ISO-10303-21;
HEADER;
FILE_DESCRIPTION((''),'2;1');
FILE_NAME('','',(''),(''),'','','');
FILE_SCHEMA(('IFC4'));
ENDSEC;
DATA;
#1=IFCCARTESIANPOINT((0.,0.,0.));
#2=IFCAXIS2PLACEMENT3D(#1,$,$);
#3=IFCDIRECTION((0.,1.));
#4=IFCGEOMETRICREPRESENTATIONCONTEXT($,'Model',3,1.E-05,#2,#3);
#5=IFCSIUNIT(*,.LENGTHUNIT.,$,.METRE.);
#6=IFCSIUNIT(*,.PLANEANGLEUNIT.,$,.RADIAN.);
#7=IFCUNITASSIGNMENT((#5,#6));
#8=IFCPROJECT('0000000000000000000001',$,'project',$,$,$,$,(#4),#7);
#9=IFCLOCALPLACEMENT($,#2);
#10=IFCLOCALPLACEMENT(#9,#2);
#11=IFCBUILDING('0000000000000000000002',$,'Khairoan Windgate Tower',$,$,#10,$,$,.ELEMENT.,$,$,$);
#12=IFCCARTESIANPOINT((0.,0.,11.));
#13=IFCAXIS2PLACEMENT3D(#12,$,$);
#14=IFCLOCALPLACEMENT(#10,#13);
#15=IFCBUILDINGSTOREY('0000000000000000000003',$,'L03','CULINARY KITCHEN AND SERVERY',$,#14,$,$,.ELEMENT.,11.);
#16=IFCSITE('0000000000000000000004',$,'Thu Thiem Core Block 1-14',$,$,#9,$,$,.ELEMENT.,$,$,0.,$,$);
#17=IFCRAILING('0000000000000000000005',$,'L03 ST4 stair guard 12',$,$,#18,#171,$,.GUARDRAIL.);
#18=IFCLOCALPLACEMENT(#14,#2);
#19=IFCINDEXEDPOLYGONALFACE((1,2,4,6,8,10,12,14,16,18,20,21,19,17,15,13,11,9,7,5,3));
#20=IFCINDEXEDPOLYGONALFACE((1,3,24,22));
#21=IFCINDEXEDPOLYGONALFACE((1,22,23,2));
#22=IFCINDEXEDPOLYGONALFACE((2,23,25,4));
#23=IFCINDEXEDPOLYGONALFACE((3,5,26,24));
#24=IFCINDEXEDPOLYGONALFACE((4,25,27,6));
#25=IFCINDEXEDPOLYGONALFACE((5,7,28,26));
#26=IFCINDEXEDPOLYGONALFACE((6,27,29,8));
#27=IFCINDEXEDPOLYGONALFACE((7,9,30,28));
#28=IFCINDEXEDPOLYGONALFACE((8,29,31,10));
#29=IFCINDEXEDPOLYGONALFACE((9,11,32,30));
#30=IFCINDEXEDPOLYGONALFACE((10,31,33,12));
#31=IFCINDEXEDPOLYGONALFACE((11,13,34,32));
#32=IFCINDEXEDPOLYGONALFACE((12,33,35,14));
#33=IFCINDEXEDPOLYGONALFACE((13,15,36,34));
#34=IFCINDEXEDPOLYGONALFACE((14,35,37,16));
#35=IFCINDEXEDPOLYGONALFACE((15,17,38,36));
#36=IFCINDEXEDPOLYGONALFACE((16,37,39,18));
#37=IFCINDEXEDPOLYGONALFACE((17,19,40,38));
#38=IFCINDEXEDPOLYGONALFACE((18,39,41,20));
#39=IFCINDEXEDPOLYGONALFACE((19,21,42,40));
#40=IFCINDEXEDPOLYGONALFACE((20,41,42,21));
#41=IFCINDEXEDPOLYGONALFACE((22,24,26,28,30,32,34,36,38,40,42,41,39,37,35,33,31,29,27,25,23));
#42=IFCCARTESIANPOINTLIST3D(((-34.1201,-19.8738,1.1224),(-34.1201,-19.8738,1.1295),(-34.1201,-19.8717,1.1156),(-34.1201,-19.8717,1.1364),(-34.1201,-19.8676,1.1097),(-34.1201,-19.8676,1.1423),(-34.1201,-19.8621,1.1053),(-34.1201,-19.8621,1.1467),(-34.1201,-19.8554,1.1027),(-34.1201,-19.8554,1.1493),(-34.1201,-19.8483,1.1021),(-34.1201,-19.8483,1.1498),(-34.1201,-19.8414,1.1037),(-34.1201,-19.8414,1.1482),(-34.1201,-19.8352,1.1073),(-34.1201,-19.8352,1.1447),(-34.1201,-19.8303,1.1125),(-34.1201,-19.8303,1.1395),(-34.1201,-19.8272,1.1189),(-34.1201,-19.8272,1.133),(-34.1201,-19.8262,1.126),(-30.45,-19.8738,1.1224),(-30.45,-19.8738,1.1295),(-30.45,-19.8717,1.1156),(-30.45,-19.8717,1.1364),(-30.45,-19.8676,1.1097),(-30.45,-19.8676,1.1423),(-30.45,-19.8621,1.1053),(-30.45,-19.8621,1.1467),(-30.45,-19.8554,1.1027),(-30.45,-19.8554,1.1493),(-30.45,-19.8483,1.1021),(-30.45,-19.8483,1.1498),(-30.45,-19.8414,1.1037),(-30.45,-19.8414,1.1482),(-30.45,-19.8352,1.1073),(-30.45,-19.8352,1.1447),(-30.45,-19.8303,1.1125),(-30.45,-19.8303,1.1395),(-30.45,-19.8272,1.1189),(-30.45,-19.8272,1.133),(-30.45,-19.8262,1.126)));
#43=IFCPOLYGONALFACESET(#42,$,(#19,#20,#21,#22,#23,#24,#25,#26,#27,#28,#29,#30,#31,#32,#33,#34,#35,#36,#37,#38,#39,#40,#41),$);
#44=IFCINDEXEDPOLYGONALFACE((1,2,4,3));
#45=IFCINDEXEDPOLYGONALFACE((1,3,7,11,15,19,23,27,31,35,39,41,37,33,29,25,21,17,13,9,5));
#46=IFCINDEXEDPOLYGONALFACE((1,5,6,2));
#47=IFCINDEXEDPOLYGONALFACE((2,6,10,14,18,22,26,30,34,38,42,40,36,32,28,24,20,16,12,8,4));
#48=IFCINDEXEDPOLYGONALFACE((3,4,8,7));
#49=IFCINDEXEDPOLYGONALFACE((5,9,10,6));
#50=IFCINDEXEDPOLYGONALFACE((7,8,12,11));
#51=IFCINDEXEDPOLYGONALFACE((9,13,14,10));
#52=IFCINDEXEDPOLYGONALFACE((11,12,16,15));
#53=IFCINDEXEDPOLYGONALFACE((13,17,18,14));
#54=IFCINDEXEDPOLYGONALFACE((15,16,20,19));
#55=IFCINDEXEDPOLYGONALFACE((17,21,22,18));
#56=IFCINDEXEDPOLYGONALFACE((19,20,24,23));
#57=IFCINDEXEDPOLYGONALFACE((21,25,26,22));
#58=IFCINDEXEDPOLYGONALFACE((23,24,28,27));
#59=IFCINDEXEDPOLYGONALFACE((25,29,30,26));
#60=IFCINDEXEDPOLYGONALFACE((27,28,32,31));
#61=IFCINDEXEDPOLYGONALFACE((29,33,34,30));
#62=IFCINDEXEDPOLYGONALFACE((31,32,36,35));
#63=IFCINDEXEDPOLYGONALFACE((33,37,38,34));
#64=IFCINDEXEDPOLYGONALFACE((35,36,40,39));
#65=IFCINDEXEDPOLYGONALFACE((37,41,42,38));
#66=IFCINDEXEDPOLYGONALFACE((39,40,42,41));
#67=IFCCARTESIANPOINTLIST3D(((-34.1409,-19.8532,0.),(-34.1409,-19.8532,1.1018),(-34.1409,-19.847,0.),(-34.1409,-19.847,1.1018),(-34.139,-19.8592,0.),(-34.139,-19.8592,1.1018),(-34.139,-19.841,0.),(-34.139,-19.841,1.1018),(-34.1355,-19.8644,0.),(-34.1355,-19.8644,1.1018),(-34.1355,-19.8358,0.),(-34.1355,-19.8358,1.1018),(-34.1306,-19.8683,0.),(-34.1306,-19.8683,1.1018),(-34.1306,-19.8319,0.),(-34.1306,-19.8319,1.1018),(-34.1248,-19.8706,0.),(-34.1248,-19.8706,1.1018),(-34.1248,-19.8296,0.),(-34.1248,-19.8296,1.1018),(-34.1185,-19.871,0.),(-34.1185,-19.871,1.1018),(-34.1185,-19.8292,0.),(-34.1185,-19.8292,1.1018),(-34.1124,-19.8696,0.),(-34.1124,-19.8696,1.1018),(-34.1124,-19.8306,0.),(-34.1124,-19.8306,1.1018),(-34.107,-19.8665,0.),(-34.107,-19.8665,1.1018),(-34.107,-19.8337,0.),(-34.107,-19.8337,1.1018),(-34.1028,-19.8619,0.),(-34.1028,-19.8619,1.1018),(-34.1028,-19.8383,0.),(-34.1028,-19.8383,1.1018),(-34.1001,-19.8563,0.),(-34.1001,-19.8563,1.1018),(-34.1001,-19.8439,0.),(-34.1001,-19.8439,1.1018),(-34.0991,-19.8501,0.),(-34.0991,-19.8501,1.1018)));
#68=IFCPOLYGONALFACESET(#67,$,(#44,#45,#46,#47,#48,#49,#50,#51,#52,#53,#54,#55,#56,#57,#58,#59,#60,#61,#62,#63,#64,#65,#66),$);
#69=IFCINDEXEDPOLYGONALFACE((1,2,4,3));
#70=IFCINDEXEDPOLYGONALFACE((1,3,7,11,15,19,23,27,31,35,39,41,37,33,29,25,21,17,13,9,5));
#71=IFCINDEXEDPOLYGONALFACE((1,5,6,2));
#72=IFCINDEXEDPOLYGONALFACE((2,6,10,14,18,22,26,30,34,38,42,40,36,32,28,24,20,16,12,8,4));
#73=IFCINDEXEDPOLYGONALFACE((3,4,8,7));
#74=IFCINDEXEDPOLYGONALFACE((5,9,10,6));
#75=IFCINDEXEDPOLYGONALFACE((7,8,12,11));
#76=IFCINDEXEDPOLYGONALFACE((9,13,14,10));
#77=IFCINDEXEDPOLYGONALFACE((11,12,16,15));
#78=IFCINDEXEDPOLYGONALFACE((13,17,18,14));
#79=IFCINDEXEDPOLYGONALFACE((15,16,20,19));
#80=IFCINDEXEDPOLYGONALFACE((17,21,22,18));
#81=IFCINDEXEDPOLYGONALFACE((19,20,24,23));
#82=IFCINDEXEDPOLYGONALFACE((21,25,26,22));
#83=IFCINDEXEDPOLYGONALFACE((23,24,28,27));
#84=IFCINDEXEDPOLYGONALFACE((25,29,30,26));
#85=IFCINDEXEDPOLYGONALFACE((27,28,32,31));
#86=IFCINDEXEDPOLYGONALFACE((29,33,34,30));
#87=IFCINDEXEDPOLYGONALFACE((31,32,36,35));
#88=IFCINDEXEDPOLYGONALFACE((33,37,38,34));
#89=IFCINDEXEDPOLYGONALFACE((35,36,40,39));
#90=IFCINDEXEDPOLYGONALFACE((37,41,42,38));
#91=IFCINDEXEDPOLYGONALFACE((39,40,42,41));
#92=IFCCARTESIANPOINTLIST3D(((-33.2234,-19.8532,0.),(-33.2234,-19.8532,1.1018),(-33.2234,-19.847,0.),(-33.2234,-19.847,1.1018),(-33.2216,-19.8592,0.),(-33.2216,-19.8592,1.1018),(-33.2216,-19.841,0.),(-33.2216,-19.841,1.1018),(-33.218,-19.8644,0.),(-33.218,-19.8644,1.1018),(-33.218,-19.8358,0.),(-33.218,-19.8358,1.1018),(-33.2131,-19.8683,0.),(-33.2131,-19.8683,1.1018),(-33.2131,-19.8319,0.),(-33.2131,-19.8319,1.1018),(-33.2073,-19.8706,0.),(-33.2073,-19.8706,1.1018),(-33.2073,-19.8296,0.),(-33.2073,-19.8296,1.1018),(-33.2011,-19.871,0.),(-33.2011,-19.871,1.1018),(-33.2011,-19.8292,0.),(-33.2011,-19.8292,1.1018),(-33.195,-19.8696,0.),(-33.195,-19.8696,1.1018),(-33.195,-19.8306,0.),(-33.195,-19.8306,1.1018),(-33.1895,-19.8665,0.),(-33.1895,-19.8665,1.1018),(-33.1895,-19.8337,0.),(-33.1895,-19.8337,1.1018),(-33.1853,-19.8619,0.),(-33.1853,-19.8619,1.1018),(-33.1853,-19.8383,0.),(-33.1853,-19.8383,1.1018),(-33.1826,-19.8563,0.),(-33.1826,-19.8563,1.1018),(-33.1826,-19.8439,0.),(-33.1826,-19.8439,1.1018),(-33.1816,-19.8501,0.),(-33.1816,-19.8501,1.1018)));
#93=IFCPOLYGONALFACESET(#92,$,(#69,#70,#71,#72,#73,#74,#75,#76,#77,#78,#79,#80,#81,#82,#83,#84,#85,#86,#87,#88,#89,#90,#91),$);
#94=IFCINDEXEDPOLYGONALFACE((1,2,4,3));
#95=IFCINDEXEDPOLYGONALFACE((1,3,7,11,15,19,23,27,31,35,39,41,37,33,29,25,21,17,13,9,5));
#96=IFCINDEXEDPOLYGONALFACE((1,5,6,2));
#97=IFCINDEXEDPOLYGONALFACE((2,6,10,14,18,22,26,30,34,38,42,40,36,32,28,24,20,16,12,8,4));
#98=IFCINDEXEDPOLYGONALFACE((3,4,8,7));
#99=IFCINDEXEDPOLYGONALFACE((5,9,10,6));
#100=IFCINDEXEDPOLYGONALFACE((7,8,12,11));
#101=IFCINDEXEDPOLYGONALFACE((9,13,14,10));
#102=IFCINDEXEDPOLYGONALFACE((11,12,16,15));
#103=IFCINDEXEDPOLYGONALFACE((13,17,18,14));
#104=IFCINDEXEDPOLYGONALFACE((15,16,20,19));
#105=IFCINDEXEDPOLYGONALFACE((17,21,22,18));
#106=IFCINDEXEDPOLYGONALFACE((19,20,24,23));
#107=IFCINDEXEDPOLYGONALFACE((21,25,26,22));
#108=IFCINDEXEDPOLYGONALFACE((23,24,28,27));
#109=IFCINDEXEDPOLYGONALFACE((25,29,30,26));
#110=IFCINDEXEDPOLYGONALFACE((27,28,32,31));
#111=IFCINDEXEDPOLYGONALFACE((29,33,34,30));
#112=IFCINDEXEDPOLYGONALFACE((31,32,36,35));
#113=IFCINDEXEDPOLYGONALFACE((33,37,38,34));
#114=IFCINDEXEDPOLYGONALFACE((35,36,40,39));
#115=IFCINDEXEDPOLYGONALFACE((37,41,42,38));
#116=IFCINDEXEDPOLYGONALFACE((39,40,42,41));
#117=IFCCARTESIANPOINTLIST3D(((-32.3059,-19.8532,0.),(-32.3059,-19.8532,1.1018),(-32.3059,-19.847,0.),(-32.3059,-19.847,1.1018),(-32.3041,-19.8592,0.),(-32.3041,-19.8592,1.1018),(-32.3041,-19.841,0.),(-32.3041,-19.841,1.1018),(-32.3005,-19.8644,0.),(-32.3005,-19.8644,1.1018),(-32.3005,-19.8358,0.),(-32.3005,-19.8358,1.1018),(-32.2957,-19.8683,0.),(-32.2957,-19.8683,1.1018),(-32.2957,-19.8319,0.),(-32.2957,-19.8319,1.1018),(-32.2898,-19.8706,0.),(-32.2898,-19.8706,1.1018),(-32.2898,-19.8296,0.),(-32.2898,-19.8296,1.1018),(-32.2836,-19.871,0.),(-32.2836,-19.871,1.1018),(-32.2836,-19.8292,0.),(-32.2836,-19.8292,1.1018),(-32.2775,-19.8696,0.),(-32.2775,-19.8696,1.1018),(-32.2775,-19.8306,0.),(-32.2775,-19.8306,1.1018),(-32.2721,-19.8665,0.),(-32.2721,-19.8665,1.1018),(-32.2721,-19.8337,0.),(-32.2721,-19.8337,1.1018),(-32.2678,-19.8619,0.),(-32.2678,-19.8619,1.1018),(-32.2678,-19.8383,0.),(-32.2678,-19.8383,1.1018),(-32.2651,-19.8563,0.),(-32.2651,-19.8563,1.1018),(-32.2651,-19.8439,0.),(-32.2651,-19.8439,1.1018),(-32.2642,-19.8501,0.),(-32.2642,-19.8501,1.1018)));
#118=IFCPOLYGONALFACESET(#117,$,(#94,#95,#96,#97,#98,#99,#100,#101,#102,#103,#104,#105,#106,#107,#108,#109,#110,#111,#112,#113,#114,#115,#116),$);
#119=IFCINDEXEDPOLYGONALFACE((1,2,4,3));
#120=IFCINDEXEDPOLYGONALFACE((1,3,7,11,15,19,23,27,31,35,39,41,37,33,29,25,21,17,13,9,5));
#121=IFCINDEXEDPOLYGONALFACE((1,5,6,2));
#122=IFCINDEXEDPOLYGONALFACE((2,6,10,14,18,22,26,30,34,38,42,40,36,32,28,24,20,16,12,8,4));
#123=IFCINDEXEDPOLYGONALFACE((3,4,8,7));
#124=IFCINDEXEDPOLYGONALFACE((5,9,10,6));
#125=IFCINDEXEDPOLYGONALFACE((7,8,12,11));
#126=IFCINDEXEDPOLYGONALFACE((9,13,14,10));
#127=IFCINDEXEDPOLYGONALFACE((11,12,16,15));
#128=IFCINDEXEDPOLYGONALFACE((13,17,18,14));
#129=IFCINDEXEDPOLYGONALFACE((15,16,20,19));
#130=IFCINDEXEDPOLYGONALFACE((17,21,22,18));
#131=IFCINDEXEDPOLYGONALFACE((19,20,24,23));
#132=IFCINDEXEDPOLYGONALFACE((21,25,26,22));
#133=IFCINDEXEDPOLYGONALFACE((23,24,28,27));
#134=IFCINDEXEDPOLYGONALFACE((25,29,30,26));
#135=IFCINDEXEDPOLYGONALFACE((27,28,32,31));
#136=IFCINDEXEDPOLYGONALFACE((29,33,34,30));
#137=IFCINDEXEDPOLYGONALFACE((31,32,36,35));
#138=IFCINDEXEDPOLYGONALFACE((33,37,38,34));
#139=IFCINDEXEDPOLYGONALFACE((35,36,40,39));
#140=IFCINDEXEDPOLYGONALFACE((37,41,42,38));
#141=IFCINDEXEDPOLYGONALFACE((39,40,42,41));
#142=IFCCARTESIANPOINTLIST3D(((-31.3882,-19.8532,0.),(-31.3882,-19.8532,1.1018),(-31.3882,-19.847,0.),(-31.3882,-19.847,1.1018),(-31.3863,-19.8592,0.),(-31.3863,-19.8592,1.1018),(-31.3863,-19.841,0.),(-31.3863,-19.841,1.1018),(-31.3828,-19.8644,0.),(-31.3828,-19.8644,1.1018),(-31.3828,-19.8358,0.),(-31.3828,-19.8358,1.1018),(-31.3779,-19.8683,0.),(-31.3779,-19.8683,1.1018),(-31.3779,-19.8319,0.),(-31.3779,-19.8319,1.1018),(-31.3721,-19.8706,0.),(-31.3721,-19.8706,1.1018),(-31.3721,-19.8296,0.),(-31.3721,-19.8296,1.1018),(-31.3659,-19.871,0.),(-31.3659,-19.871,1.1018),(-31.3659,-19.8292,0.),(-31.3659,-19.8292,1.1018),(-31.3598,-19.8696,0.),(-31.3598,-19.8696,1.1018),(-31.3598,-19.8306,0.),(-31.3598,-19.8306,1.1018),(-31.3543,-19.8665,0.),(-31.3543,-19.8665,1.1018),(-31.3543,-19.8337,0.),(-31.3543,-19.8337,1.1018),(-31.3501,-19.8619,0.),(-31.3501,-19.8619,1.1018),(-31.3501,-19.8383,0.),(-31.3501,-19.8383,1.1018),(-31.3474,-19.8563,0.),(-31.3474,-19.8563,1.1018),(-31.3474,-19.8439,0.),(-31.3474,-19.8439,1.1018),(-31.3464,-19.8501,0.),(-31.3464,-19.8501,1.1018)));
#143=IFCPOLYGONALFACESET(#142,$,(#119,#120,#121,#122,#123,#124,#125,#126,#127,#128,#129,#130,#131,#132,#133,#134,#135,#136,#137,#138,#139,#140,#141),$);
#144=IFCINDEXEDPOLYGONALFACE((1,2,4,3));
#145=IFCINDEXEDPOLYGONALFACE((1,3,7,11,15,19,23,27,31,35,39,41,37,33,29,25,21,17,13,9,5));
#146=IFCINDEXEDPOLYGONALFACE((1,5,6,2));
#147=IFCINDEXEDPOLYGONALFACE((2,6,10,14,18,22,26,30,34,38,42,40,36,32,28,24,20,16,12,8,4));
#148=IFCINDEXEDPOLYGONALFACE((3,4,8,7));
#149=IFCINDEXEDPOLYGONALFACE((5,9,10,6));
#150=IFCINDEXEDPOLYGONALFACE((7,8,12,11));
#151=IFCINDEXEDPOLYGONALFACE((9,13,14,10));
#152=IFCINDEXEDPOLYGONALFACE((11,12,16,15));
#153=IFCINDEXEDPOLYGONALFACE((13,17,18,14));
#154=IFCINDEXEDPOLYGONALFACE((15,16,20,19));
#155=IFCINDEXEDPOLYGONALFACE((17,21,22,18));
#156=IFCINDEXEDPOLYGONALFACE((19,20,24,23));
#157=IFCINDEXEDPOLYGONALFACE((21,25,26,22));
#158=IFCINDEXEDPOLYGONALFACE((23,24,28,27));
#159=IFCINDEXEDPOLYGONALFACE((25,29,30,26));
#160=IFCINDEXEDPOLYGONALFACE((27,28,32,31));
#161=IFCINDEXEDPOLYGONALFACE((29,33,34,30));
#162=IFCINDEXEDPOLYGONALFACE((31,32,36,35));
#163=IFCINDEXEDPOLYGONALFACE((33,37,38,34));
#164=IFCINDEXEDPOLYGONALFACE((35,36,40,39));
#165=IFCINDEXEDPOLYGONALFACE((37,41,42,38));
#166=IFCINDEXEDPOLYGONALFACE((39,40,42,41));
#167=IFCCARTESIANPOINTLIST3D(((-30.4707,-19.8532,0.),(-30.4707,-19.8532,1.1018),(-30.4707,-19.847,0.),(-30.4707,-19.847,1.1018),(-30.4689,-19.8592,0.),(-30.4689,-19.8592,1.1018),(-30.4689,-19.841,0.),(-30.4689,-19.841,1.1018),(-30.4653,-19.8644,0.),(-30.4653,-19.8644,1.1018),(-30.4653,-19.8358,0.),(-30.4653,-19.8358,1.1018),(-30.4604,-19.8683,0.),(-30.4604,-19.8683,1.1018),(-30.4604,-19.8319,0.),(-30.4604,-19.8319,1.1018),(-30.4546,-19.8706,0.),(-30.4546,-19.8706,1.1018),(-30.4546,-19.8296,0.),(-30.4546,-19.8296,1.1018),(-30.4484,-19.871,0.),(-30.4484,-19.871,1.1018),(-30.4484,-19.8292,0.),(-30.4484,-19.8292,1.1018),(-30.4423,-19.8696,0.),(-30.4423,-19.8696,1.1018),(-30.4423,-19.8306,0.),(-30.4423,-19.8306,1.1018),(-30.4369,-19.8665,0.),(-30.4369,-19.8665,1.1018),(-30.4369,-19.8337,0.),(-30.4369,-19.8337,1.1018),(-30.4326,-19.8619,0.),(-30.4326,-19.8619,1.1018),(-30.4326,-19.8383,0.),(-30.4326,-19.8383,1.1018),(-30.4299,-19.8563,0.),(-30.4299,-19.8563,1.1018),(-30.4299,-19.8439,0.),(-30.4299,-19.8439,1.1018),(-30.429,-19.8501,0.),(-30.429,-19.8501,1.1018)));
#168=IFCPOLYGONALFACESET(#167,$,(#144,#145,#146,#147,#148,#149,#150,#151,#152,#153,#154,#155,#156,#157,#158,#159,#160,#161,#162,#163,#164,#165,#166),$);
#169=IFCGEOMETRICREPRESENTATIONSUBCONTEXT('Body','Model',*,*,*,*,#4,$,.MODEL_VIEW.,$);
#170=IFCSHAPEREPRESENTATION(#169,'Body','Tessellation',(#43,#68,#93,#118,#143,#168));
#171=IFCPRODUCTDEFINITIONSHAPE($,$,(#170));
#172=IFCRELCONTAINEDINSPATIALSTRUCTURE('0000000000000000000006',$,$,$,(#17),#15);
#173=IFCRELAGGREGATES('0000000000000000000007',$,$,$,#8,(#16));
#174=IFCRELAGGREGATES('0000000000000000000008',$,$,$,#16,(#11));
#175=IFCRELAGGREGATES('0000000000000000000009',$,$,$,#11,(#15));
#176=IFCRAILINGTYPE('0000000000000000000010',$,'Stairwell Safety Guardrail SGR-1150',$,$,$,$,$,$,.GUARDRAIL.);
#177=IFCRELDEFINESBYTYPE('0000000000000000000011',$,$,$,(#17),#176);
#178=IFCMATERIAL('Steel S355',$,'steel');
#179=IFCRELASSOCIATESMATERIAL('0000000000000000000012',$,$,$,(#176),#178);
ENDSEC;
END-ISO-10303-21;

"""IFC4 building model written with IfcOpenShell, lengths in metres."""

from ifc_helpers import new_model, si_unit, direction, frame, origin, origin_2d, place, context, subcontext, project, spatial, circle, extrude, material, type_object, element, save


model = new_model("IFC4")

# Units and contexts
model_context = context("Model", 3, precision=1e-05, world=origin(), true_north=direction((0.0, 1.0)))
body_context = subcontext(model_context, "Body", "Model", "MODEL_VIEW")
ifc_project = project(units=[si_unit("LENGTHUNIT", "METRE"), si_unit("PLANEANGLEUNIT", "RADIAN")], contexts=[model_context])

# Site, building, storey
site_placement = place(None, origin())
site = spatial("IfcSite", under=ifc_project, at=site_placement, Name="Thu Thiem Core Block 1-14", CompositionType="ELEMENT", RefElevation=0.0)
building_placement = place(site_placement, origin())
building = spatial("IfcBuilding", under=site, at=building_placement, Name="Khairoan Windgate Tower", CompositionType="ELEMENT")
storey_placement = place(building_placement, frame((0.0, 0.0, 11.0)))
storey = spatial("IfcBuildingStorey", under=building, at=storey_placement, Name="L03", Description="CULINARY KITCHEN AND SERVERY", CompositionType="ELEMENT", Elevation=11.0)

# Railing
ifc_material_1 = material(Name="Steel S355", Category="steel")
railing_type = type_object("IfcRailingType", Name="Stairwell Safety Guardrail SGR-1150", PredefinedType="GUARDRAIL", material=ifc_material_1)
railing_1_placement = place(storey_placement, frame((-34.1201, -19.8501, 0.0)))
element("IfcRailing", 1, at=railing_1_placement, inside=storey, type_object=railing_type, Name="L03 ST4 stair guard 12", PredefinedType="GUARDRAIL", context=body_context, shape_type="SweptSolid", body=[
    extrude(circle(Radius=0.0239, at=origin_2d()), frame((0.0, 0.0, 1.126), z_axis=(1.0, 0.0, 0.0), x_axis=(0.0, 1.0, 0.0)), (0.0, 0.0, 1.0), 3.6702),
    extrude(circle(Radius=0.021, at=origin_2d()), origin(), (0.0, 0.0, 1.0), 1.1018),
    extrude(circle(Radius=0.021, at=origin_2d()), frame((0.9175, 0.0, 0.0)), (0.0, 0.0, 1.0), 1.1018),
    extrude(circle(Radius=0.021, at=origin_2d()), frame((1.835, 0.0, 0.0)), (0.0, 0.0, 1.0), 1.1018),
    extrude(circle(Radius=0.021, at=origin_2d()), frame((2.7527, 0.0, 0.0)), (0.0, 0.0, 1.0), 1.1018),
    extrude(circle(Radius=0.021, at=origin_2d()), frame((3.6702, 0.0, 0.0)), (0.0, 0.0, 1.0), 1.1018),
])

save(model, "model.ifc")
